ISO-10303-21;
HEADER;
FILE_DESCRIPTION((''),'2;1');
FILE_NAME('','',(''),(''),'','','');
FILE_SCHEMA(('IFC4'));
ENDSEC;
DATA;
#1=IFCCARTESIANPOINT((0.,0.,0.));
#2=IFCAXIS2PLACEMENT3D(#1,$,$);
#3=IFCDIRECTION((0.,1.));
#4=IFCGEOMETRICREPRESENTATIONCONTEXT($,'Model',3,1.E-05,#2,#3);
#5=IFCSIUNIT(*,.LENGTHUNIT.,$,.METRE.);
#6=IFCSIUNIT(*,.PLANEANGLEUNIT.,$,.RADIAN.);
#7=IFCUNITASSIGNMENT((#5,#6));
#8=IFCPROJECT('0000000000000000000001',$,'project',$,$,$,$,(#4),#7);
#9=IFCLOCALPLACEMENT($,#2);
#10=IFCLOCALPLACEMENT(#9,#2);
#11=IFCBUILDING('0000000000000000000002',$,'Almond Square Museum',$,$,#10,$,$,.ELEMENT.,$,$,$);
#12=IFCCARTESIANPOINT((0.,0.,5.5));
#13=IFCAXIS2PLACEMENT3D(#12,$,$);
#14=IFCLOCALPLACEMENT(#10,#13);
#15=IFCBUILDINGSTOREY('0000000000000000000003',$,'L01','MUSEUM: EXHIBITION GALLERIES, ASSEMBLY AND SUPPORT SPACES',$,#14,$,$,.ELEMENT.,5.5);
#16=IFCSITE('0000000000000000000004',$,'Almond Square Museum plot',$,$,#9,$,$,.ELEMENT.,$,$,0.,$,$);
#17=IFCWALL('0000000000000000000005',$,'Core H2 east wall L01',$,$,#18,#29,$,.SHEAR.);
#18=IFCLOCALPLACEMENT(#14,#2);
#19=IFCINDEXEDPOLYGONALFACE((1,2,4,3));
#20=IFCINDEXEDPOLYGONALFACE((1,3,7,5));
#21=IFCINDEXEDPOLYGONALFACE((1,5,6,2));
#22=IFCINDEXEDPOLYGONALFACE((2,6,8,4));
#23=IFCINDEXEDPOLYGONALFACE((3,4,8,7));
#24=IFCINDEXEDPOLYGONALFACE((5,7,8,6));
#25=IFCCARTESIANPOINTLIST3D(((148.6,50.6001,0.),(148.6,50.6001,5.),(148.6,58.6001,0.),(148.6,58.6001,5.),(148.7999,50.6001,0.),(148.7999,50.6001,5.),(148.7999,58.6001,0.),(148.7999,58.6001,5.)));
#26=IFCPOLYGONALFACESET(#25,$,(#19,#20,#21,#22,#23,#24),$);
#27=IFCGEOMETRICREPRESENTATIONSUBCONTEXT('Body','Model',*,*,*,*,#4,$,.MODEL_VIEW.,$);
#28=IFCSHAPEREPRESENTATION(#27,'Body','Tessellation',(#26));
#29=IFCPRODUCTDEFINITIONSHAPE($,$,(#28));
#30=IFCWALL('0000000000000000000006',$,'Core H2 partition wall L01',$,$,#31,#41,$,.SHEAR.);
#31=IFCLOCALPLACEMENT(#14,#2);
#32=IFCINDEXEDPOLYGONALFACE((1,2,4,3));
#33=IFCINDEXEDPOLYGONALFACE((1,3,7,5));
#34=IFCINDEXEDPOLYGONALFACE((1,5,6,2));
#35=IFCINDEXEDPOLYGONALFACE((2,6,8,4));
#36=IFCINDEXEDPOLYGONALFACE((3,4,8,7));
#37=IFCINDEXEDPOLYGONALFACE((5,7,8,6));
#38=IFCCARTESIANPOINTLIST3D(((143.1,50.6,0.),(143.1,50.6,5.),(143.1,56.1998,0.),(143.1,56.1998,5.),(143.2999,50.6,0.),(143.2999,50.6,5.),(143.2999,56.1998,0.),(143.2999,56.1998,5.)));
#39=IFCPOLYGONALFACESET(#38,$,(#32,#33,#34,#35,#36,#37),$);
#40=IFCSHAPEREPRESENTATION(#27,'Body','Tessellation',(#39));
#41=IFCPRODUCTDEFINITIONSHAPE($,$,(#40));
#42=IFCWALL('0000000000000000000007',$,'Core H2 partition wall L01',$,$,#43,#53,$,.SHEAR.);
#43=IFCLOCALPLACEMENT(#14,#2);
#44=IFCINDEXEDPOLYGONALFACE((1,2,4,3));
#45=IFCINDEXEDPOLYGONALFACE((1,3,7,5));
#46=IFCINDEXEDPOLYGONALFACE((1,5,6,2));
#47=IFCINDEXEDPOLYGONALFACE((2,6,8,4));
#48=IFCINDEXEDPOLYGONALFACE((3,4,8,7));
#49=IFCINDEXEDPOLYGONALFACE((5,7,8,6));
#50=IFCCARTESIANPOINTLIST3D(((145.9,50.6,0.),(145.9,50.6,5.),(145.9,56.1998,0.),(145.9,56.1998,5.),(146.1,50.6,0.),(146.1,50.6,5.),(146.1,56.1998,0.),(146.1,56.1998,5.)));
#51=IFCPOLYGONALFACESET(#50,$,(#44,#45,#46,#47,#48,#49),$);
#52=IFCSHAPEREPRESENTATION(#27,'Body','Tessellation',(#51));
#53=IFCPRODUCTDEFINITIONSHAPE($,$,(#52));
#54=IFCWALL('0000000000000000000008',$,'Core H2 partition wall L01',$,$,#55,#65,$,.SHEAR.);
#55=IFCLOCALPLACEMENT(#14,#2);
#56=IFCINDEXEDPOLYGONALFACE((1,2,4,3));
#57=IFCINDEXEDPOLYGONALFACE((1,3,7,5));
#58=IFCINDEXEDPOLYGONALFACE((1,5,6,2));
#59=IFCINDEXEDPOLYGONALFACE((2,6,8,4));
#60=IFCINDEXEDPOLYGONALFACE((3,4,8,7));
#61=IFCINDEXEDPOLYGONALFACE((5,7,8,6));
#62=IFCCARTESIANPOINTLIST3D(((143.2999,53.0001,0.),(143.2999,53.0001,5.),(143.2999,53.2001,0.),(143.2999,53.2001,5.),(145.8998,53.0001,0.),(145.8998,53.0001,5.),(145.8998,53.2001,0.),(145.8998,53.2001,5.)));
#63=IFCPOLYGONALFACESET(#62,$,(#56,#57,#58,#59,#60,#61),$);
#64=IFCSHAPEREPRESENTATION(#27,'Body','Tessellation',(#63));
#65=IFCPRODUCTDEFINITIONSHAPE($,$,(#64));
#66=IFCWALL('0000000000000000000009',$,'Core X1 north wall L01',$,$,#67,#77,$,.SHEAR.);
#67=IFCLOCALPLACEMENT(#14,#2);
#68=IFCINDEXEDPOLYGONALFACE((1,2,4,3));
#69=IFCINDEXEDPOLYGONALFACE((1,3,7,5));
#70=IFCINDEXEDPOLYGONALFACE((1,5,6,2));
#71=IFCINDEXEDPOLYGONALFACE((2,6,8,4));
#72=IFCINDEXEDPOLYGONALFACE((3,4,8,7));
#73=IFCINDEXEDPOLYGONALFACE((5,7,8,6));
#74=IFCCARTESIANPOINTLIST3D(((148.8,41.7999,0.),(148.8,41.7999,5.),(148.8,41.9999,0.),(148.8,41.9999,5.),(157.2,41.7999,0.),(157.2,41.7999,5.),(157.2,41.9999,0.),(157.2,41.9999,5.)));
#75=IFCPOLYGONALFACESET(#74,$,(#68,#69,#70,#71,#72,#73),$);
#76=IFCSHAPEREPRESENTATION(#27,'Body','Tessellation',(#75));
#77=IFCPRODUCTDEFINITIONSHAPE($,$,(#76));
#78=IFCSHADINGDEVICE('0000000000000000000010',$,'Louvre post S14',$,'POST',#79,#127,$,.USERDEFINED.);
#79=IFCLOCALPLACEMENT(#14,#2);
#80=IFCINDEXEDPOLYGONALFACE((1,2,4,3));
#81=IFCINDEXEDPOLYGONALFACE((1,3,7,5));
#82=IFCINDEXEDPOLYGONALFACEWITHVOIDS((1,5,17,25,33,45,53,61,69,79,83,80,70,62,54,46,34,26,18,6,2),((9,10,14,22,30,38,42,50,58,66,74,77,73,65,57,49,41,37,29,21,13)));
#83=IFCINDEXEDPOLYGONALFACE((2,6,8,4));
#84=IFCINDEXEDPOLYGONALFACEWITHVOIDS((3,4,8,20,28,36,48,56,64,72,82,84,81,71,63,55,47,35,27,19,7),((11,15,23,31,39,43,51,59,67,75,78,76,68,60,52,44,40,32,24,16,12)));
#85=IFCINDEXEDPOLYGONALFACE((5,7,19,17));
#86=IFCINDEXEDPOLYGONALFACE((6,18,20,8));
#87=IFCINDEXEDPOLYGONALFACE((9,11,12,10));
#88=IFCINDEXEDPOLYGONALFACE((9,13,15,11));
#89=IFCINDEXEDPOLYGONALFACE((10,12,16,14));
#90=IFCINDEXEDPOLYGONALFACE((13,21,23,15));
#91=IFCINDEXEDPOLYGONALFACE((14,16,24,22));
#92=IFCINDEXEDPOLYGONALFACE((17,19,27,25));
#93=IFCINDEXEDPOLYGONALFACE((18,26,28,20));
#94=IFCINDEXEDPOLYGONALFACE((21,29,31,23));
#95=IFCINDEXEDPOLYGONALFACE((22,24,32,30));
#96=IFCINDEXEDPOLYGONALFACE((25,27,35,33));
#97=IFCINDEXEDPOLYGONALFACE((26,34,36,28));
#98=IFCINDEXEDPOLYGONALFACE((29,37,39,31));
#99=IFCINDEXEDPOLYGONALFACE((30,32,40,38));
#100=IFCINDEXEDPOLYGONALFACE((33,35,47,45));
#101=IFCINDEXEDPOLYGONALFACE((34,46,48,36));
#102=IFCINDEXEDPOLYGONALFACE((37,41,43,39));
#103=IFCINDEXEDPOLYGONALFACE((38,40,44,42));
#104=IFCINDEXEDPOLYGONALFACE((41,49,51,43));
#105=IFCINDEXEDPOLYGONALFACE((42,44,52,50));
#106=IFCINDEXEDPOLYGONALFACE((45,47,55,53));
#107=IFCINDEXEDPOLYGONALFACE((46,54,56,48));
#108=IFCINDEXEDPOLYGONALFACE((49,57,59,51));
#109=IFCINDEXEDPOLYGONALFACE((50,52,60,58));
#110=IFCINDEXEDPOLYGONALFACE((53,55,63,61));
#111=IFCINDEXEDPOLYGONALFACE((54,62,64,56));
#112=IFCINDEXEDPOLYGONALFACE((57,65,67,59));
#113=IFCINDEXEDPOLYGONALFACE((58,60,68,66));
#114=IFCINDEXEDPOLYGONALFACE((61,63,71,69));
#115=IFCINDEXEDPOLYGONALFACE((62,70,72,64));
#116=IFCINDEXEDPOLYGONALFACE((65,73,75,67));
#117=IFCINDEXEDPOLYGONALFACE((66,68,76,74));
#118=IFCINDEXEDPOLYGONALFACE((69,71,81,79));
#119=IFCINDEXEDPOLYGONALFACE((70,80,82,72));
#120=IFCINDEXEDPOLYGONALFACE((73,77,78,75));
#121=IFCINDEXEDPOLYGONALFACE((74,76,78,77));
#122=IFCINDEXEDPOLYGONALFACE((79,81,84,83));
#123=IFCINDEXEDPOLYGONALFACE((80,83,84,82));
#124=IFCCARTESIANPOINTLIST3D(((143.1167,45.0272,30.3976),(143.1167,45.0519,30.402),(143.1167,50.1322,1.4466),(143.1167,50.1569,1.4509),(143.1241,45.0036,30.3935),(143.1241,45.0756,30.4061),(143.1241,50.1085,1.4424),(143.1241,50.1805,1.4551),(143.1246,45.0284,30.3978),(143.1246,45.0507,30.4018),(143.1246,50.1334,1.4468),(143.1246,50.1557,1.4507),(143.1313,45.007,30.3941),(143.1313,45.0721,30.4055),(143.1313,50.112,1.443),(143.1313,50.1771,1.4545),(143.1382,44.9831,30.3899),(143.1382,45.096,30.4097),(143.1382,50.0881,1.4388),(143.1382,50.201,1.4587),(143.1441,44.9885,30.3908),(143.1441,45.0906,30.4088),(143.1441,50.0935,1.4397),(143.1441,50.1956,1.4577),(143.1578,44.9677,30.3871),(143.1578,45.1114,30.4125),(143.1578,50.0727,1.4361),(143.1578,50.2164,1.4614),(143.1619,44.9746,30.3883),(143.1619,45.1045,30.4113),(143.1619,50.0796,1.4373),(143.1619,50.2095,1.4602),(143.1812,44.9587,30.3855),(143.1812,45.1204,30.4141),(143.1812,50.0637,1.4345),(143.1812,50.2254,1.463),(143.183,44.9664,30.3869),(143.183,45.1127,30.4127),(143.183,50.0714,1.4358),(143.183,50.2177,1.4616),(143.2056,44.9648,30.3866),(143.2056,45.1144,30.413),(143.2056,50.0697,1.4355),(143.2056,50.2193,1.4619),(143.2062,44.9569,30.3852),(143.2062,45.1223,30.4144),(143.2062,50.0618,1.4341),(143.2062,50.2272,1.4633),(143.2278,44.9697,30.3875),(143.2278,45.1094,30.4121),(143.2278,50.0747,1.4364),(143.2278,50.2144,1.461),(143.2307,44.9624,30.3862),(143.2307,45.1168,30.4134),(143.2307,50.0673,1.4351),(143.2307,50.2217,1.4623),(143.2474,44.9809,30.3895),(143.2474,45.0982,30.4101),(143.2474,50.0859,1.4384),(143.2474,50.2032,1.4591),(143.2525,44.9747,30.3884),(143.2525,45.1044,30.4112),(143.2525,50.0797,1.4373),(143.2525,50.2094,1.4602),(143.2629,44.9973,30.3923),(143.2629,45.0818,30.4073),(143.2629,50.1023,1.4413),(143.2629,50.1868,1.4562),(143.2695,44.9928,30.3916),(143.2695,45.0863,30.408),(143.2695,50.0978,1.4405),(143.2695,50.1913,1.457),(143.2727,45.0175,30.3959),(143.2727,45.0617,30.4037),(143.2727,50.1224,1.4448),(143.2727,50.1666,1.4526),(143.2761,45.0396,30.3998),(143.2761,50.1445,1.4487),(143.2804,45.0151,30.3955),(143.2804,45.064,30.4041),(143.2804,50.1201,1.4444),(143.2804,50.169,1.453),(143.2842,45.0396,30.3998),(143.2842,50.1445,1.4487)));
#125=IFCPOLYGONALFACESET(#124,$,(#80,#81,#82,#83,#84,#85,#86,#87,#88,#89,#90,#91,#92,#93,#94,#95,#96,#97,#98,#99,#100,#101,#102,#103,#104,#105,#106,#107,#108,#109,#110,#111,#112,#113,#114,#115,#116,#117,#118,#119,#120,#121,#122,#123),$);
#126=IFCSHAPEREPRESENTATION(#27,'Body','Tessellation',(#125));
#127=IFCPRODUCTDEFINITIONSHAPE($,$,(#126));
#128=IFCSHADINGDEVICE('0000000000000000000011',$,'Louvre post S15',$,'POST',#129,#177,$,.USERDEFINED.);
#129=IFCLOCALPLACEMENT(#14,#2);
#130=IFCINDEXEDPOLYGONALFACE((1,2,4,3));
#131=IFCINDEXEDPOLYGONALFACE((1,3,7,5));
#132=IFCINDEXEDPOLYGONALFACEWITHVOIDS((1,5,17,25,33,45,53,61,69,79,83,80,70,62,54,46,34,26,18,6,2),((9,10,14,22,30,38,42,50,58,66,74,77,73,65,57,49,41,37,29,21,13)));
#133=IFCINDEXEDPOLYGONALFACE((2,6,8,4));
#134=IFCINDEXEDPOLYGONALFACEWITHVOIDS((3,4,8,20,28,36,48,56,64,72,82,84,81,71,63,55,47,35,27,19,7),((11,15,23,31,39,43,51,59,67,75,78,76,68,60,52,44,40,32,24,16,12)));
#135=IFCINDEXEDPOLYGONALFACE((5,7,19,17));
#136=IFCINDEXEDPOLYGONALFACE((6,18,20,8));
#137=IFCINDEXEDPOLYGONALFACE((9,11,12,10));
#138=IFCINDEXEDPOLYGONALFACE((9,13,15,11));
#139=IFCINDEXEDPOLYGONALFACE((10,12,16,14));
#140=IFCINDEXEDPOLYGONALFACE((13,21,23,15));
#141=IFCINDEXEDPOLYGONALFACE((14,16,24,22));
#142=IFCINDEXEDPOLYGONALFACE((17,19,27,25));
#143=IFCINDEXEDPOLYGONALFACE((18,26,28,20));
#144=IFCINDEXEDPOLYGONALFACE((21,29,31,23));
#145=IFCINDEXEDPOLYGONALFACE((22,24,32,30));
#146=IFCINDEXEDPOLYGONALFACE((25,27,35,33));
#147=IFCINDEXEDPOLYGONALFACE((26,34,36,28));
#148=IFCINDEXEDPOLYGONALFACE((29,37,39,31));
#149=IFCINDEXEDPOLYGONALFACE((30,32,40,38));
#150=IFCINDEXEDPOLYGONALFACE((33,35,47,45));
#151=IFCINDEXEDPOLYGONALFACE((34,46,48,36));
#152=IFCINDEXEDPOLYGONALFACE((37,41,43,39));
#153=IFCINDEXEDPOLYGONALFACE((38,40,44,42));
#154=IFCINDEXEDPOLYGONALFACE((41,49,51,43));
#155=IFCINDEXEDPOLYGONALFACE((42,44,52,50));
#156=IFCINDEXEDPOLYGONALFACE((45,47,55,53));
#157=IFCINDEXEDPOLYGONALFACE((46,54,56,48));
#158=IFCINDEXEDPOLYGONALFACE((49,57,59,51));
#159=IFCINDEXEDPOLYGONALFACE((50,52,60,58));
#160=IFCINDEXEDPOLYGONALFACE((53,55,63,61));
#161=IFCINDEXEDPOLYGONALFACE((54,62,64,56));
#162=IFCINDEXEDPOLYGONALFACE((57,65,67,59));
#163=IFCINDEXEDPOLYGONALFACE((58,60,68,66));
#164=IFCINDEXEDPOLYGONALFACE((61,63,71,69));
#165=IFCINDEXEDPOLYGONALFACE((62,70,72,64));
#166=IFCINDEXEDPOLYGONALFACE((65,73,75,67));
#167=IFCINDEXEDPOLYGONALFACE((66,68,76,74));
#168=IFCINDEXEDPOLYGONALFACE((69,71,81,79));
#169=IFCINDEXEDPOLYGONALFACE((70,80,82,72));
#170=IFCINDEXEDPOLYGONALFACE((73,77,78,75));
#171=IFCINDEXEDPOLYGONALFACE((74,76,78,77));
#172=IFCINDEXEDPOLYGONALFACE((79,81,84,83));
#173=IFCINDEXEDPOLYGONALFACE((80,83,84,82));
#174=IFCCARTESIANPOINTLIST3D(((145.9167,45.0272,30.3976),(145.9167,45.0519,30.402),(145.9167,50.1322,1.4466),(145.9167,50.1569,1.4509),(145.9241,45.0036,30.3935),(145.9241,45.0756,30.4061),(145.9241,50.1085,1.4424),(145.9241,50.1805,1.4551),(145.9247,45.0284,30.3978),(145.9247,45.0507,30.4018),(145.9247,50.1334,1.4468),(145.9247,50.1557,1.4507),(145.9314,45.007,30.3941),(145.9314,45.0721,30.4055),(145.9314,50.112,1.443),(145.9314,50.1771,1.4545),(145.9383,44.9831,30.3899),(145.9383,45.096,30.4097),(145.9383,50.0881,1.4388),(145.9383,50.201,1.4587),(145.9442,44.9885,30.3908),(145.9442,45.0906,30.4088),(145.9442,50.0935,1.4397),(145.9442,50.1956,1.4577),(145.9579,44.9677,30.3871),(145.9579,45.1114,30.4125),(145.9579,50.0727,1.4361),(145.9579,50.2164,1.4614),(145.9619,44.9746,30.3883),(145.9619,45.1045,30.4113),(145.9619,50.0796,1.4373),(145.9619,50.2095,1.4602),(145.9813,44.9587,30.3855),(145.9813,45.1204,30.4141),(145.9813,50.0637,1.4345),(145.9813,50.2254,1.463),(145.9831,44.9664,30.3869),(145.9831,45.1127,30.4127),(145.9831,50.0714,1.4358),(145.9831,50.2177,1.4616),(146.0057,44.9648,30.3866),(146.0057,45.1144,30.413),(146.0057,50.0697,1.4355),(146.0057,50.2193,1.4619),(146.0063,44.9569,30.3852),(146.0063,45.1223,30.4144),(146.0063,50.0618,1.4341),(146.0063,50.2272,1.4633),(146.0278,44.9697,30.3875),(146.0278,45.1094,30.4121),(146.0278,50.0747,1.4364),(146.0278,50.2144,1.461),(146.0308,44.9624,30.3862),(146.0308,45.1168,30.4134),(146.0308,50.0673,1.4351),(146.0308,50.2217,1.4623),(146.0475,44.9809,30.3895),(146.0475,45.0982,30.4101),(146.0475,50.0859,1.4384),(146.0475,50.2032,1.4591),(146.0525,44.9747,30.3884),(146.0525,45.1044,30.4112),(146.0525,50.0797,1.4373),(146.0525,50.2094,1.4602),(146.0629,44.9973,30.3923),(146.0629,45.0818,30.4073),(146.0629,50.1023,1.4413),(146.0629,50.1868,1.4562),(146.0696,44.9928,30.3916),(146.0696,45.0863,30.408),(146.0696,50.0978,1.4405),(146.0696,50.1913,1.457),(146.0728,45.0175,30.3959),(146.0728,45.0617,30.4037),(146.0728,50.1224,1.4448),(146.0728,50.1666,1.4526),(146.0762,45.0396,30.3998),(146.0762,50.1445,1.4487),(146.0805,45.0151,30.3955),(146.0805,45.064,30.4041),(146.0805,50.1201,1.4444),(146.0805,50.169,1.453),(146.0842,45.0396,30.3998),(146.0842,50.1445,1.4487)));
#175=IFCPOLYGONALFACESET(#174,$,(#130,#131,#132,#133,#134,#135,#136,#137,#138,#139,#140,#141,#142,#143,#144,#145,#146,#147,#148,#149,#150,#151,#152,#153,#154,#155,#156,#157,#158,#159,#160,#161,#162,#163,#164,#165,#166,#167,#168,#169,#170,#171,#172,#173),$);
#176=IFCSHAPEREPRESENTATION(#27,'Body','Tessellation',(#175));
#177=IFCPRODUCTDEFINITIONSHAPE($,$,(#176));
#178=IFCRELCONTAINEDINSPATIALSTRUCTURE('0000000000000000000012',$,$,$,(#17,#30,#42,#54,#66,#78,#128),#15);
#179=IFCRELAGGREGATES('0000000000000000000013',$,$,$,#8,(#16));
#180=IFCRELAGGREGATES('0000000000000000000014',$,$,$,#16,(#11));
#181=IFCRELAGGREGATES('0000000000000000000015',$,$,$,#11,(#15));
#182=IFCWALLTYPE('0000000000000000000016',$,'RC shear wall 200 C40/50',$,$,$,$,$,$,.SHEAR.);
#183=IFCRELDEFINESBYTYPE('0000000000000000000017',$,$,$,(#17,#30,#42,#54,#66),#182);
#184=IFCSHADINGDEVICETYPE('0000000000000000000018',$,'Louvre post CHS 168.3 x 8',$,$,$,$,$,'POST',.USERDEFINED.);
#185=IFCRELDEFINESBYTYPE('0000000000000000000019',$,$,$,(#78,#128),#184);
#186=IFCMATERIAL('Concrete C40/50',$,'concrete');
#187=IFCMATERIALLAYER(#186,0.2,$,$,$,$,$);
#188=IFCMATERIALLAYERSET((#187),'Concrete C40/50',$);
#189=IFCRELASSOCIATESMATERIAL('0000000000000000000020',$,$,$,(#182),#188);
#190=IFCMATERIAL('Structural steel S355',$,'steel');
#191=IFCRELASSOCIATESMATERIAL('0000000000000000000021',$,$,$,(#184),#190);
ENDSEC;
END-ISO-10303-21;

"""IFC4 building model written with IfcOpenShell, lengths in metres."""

from ifc_helpers import new_model, si_unit, direction, frame, frame_2d, origin, origin_2d, place, context, subcontext, project, spatial, rectangle, hollow_circle, extrude, material, layer, layer_set, material_profile, profile_set, type_object, element, save


model = new_model("IFC4")

# Units and contexts
model_context = context("Model", 3, precision=1e-05, world=origin(), true_north=direction((0.0, 1.0)))
body_context = subcontext(model_context, "Body", "Model", "MODEL_VIEW")
ifc_project = project(units=[si_unit("LENGTHUNIT", "METRE"), si_unit("PLANEANGLEUNIT", "RADIAN")], contexts=[model_context])

# Site, building, storey
site_placement = place(None, origin())
site = spatial("IfcSite", under=ifc_project, at=site_placement, Name="Almond Square Museum plot", CompositionType="ELEMENT", RefElevation=0.0)
building_placement = place(site_placement, origin())
building = spatial("IfcBuilding", under=site, at=building_placement, Name="Almond Square Museum", CompositionType="ELEMENT")
storey_placement = place(building_placement, frame((0.0, 0.0, 5.5)))
storey = spatial("IfcBuildingStorey", under=building, at=storey_placement, Name="L01", Description="MUSEUM: EXHIBITION GALLERIES, ASSEMBLY AND SUPPORT SPACES", CompositionType="ELEMENT", Elevation=5.5)

# Walls
ifc_material_1 = material(Name="Concrete C40/50", Category="concrete")
ifc_layer_1 = layer(ifc_material_1, 0.2)
ifc_layer_set_1 = layer_set([ifc_layer_1], Name="Concrete C40/50")
wall_type = type_object("IfcWallType", Name="RC shear wall 200 C40/50", PredefinedType="SHEAR", material=ifc_layer_set_1)
wall_1_placement = place(storey_placement, frame((148.7, 50.6001, 0.0), z_axis=(0.0, 0.0, 1.0), x_axis=(0.0, 1.0, 0.0)))
element("IfcWall", 1, at=wall_1_placement, inside=storey, type_object=wall_type, Name="Core H2 east wall L01", PredefinedType="SHEAR", context=body_context, shape_type="SweptSolid", body=[
    extrude(rectangle(XDim=8.0, YDim=0.2, at=frame_2d((4.0, 0.0))), origin(), (0.0, 0.0, 1.0), 5.0),
])
for number, where, z_axis, x_axis, name in (
    (2, (143.2, 50.6001, 0.0), (0.0, 0.0, 1.0), (0.0, 1.0, 0.0), "Core H2 partition wall L01"),
    (3, (146.0, 50.6001, 0.0), (0.0, 0.0, 1.0), (0.0, 1.0, 0.0), "Core H2 partition wall L01"),
):
    element("IfcWall", number, at=place(storey_placement, frame(where, z_axis=z_axis, x_axis=x_axis)), inside=storey, type_object=wall_type, Name=name, PredefinedType="SHEAR", context=body_context, shape_type="SweptSolid", body=[
        extrude(rectangle(XDim=5.5999, YDim=0.2, at=frame_2d((2.7998, 0.0))), origin(), (0.0, 0.0, 1.0), 5.0),
    ])
wall_2_placement = place(storey_placement, frame((143.3, 53.1001, 0.0), z_axis=(0.0, 0.0, 1.0), x_axis=(1.0, 0.0, 0.0)))
element("IfcWall", 4, at=wall_2_placement, inside=storey, type_object=wall_type, Name="Core H2 partition wall L01", PredefinedType="SHEAR", context=body_context, shape_type="SweptSolid", body=[
    extrude(rectangle(XDim=2.5999, YDim=0.2, at=frame_2d((1.2998, 0.0))), origin(), (0.0, 0.0, 1.0), 5.0),
])
wall_3_placement = place(storey_placement, frame((148.8, 41.8999, 0.0), z_axis=(0.0, 0.0, 1.0), x_axis=(1.0, 0.0, 0.0)))
element("IfcWall", 5, at=wall_3_placement, inside=storey, type_object=wall_type, Name="Core X1 north wall L01", PredefinedType="SHEAR", context=body_context, shape_type="SweptSolid", body=[
    extrude(rectangle(XDim=8.3999, YDim=0.2, at=frame_2d((4.2, 0.0))), origin(), (0.0, 0.0, 1.0), 5.0),
])

# Shading devices
ifc_material_2 = material(Name="Structural steel S355", Category="steel")
ifc_material_profile_1 = material_profile(ifc_material_2, hollow_circle(Radius=0.0842, WallThickness=0.0081, at=origin_2d()))
ifc_profile_set_1 = profile_set([ifc_material_profile_1], Name="Structural steel S355")
shading_device_type_1 = type_object("IfcShadingDeviceType", Name="Louvre post CHS 168.3 x 8", ElementType="POST", PredefinedType="USERDEFINED", material=ifc_profile_set_1)
for number, where, z_axis, x_axis, name in (
    (6, (143.2, 50.1445, 1.4487), (0.0, -0.173652, 0.984807), (1.0, 0.0, 0.0), "Louvre post S14"),
    (7, (146.0, 50.1445, 1.4487), (0.0, -0.173652, 0.984807), (1.0, 0.0, 0.0), "Louvre post S15"),
):
    element("IfcShadingDevice", number, at=place(storey_placement, frame(where, z_axis=z_axis, x_axis=x_axis)), inside=storey, type_object=shading_device_type_1, Name=name, ObjectType="POST", PredefinedType="USERDEFINED", context=body_context, shape_type="SweptSolid", body=[
        extrude(hollow_circle(Radius=0.0842, WallThickness=0.0081, at=origin_2d()), origin(), (0.0, 0.0, 1.0), 29.3977),
    ])

save(model, "model.ifc")
